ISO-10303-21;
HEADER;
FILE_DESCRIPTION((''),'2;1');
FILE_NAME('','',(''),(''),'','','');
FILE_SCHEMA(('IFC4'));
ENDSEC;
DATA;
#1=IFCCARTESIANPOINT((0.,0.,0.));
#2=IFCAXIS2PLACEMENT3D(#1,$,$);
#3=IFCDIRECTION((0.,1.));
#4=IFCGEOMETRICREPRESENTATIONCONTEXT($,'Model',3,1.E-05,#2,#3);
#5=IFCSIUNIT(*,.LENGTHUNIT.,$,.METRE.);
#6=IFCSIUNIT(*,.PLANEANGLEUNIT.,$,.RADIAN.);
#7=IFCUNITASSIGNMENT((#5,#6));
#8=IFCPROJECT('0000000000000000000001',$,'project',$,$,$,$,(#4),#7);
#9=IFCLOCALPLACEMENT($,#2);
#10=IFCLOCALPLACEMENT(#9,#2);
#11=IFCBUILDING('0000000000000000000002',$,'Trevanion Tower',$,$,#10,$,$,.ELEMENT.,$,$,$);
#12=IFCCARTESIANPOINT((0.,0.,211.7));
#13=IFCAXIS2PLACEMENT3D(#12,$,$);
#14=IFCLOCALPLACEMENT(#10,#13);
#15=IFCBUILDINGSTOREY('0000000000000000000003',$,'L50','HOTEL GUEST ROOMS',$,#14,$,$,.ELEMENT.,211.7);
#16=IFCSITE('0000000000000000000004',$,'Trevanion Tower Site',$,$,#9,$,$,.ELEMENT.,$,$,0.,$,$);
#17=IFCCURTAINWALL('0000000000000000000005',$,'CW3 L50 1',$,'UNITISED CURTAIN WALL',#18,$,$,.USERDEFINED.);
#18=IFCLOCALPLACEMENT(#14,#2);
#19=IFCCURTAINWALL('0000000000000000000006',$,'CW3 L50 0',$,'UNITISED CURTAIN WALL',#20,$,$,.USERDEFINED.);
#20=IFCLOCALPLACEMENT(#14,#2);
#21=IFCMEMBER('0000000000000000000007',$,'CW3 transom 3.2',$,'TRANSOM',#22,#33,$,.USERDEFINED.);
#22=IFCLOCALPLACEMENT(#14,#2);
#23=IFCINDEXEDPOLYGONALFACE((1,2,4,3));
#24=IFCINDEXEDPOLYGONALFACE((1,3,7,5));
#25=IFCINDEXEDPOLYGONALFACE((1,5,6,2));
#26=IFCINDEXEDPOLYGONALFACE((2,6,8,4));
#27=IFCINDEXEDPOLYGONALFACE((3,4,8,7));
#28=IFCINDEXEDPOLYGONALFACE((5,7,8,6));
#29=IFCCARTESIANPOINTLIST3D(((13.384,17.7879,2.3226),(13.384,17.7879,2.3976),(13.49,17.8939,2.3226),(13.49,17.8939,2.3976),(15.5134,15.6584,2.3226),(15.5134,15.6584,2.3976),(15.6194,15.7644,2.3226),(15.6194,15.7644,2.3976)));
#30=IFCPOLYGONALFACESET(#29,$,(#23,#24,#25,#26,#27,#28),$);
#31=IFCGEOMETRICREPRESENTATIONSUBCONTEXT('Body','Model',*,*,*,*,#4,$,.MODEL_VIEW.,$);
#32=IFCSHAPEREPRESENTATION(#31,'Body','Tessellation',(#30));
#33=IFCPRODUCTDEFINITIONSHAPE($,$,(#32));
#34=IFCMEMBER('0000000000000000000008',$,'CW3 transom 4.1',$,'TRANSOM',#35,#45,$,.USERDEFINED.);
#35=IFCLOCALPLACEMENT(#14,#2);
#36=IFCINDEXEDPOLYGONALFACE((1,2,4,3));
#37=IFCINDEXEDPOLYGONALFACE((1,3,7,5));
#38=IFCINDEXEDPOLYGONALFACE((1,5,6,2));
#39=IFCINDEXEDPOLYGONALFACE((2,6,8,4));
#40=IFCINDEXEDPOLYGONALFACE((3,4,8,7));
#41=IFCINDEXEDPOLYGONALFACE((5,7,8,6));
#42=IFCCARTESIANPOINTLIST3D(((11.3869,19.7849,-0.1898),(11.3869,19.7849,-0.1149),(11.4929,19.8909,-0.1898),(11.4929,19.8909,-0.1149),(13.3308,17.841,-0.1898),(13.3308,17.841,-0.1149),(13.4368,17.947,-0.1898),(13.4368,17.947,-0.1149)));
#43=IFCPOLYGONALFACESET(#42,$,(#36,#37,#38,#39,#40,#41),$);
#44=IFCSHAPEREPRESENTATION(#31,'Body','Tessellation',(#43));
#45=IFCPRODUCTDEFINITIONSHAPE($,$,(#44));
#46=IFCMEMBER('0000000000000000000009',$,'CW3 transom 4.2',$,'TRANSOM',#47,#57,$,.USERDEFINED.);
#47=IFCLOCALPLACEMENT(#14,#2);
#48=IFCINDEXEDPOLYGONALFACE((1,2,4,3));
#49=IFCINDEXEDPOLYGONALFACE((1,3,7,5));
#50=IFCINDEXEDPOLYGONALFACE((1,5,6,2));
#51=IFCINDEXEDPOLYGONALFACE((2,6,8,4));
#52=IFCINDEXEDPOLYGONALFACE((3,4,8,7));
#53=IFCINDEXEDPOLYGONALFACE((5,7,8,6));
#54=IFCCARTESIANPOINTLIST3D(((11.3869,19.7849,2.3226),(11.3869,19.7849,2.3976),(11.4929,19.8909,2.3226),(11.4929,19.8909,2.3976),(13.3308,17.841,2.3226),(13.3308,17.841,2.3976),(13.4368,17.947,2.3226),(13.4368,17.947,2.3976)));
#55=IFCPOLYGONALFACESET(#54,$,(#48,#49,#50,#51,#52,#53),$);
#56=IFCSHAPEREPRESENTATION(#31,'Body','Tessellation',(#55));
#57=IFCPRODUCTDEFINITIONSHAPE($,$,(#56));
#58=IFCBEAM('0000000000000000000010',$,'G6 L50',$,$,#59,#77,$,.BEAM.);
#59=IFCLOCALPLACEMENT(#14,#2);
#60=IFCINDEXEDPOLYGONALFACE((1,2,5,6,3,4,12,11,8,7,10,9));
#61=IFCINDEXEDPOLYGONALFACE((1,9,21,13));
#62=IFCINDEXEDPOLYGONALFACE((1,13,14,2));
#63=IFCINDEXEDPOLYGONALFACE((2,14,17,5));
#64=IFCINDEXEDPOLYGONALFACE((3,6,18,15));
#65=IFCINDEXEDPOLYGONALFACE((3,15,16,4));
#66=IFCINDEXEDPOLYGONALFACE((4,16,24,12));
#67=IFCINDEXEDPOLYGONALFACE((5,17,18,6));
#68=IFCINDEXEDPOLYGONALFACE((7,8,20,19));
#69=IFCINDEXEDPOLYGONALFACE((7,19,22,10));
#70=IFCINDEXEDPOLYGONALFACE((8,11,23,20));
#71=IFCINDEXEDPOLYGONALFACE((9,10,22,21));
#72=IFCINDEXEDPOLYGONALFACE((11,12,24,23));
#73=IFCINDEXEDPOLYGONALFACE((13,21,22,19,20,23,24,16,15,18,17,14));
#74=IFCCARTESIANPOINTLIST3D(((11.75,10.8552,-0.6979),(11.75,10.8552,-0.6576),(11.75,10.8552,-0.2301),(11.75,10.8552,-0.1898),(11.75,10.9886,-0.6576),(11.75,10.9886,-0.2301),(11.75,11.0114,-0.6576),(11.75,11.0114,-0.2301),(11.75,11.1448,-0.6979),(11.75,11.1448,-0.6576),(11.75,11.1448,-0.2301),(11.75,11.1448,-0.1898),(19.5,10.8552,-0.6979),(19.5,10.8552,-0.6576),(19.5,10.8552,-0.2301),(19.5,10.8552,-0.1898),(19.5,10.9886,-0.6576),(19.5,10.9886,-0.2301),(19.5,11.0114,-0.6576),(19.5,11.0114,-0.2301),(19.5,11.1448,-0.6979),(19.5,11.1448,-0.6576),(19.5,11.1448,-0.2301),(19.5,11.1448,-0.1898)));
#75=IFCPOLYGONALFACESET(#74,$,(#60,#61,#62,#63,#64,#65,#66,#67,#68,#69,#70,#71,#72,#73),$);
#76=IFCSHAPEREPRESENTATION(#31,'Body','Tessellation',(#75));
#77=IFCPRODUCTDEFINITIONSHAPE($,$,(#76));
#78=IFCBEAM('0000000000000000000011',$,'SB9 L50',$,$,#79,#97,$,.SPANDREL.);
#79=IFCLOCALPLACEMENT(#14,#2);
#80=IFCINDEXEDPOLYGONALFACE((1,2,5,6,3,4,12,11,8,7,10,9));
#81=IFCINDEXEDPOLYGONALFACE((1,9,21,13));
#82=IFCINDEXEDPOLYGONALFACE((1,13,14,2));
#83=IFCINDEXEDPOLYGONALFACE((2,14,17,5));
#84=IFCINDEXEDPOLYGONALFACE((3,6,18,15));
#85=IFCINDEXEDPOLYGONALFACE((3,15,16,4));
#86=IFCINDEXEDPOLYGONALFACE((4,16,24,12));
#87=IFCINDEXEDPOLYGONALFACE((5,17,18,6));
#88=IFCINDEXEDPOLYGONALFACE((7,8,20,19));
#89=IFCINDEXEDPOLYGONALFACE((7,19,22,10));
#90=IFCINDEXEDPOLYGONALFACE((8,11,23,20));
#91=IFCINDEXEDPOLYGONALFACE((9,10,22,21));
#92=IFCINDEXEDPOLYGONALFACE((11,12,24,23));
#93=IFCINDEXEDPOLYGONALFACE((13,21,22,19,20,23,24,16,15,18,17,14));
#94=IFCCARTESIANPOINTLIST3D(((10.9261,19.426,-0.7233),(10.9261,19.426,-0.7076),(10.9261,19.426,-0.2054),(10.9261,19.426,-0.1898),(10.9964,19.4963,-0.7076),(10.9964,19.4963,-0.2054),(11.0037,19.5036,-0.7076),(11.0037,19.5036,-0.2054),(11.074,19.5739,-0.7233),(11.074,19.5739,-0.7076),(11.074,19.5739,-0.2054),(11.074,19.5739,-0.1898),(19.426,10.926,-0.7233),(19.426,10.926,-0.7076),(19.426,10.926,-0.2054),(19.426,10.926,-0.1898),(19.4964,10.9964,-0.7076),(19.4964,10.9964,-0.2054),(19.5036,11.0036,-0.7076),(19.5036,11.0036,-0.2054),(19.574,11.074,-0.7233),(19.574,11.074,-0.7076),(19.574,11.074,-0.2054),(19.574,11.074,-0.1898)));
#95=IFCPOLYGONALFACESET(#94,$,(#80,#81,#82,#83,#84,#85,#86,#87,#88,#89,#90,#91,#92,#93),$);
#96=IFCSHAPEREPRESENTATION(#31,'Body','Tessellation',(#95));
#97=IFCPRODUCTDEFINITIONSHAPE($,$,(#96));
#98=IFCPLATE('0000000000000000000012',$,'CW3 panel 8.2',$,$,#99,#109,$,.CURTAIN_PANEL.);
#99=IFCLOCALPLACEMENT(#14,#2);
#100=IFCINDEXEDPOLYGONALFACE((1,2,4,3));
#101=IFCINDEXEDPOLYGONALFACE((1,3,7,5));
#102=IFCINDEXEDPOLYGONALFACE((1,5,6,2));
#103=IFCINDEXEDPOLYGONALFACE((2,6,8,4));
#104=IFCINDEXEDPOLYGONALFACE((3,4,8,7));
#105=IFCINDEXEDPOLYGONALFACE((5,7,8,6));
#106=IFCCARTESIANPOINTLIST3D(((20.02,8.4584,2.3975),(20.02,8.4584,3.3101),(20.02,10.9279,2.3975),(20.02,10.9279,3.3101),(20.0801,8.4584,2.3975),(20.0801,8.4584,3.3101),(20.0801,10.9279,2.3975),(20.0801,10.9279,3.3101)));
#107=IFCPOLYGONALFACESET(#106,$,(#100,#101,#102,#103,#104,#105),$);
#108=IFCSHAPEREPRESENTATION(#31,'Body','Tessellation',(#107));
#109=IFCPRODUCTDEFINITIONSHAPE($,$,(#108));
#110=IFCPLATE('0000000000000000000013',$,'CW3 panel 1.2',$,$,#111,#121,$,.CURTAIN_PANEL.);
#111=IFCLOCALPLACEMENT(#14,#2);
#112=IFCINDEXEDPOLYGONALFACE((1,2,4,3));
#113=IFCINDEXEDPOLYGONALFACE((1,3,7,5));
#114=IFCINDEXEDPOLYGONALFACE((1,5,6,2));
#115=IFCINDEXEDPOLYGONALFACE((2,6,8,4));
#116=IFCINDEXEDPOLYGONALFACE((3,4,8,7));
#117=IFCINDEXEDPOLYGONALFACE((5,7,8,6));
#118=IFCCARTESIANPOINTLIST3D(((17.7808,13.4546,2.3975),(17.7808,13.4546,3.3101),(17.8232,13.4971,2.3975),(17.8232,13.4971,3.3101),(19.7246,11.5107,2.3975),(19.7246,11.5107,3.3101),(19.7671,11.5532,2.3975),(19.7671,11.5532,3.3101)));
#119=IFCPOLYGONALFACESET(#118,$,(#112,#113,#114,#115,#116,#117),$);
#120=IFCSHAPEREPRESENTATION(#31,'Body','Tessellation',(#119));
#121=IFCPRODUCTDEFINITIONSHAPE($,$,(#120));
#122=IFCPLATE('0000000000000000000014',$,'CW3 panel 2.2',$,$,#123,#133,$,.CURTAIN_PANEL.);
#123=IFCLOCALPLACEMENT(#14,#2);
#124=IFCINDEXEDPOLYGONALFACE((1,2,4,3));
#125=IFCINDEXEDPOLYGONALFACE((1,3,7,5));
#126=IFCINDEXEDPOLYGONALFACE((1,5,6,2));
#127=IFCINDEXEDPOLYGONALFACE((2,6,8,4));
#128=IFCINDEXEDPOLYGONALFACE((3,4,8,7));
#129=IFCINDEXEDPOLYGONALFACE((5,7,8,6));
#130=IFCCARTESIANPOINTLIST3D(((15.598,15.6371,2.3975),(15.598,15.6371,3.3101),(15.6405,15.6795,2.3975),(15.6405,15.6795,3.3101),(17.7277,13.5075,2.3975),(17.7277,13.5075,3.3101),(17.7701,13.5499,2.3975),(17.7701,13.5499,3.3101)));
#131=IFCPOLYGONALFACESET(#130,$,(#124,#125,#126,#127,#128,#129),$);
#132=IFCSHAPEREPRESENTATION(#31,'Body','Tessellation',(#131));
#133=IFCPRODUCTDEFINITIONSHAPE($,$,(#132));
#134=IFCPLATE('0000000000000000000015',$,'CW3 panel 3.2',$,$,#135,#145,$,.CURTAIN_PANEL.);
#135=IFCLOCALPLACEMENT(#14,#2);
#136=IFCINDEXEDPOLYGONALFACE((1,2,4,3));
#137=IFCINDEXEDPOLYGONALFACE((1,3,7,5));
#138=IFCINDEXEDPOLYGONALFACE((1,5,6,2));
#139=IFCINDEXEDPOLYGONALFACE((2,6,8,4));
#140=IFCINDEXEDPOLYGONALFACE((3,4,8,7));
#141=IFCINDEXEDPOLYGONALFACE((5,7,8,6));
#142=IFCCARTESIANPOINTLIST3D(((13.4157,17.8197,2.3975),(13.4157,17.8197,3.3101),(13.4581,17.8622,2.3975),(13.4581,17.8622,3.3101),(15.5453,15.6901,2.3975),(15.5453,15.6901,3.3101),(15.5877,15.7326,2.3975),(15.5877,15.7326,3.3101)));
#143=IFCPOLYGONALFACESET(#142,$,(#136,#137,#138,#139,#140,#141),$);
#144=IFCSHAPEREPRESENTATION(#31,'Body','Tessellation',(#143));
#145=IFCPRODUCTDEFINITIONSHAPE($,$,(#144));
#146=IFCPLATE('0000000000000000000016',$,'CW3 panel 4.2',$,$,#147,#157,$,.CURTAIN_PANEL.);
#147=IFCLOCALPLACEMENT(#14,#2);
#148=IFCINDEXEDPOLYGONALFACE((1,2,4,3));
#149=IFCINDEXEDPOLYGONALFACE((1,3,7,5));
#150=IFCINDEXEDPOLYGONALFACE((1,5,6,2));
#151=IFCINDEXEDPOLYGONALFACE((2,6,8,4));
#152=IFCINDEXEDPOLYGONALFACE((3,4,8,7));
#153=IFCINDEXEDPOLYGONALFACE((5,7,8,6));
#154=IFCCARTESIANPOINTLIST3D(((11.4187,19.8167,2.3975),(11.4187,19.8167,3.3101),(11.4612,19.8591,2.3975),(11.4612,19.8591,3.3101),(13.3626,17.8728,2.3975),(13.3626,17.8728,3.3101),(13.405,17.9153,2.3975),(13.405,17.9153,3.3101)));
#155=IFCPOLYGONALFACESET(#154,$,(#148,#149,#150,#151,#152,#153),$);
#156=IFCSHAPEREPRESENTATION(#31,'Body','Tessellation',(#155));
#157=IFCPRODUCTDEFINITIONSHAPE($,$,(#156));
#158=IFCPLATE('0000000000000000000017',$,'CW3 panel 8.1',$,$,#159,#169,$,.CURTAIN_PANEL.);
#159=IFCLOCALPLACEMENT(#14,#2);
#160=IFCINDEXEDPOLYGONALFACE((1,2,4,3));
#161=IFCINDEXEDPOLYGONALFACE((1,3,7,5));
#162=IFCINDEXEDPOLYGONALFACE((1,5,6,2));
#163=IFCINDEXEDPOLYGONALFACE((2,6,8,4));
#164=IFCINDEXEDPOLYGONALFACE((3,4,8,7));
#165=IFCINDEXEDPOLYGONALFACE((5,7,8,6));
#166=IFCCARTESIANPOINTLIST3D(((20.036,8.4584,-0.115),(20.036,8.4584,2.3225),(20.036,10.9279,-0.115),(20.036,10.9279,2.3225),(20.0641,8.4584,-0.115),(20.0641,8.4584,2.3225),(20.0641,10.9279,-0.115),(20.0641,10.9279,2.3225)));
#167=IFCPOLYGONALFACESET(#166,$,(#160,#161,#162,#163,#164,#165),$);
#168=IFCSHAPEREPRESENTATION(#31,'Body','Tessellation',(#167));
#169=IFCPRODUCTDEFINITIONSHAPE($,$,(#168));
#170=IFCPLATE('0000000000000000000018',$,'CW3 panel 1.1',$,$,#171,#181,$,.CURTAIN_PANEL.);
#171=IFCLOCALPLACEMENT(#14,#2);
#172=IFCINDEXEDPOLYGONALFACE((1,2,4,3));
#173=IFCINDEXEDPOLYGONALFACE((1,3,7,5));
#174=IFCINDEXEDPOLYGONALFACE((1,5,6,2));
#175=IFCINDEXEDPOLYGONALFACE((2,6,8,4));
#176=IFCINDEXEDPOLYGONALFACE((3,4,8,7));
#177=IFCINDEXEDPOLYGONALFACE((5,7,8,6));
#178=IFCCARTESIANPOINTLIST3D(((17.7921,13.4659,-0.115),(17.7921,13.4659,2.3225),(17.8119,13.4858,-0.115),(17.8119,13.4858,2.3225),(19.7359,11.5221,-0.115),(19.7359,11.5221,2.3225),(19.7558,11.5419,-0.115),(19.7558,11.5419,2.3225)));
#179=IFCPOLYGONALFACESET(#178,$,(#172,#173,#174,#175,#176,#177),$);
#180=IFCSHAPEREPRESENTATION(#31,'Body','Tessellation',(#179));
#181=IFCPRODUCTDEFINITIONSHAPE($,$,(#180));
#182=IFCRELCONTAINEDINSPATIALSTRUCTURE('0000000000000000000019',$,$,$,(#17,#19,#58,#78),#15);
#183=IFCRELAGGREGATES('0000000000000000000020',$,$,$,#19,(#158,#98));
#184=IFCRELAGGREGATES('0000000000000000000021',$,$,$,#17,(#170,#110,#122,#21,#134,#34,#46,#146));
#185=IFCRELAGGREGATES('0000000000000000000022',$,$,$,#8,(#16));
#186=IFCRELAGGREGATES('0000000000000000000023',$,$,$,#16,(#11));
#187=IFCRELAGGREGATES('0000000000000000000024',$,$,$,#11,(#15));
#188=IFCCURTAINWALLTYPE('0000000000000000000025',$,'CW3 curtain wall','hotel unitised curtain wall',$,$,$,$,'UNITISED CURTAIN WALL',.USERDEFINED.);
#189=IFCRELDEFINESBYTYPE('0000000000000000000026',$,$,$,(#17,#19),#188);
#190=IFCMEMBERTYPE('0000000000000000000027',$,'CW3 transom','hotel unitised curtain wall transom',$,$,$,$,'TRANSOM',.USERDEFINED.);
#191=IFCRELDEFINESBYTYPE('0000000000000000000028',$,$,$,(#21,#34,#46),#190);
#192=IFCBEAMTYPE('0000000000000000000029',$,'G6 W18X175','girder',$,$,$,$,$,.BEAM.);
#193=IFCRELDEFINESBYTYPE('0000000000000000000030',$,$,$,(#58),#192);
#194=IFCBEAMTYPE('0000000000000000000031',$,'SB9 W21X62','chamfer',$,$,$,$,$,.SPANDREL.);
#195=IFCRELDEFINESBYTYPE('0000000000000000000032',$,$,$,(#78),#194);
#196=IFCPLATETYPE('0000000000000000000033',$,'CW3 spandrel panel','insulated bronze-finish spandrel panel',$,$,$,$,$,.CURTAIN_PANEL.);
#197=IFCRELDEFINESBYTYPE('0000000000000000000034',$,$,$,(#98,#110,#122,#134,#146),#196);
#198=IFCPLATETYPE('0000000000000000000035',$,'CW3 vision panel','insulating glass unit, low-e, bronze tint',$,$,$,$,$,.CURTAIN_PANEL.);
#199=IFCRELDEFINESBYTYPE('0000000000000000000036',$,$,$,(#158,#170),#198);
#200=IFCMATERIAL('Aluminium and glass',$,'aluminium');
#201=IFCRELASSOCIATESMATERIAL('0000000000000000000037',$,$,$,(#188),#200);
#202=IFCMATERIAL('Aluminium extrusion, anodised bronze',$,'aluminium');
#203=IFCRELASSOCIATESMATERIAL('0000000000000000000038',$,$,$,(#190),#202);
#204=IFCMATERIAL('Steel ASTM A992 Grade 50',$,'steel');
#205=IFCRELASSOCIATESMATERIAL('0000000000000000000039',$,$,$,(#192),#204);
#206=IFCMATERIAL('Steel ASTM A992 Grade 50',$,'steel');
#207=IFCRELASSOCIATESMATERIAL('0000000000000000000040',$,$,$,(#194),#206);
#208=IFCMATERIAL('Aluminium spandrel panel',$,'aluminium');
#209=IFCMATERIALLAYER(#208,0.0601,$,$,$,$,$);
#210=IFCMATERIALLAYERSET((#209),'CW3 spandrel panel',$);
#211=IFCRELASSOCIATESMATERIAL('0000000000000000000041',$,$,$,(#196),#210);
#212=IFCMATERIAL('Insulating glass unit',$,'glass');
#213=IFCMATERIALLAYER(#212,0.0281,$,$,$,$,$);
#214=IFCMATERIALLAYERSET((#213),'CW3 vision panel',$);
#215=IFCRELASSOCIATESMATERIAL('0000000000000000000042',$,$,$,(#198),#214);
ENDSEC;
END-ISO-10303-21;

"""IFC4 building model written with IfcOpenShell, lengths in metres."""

from ifc_helpers import new_model, si_unit, direction, frame, origin, origin_2d, place, context, subcontext, project, spatial, rectangle, i_section, extrude, material, layer, layer_set, material_profile, profile_set, type_object, element, aggregate, save


model = new_model("IFC4")

# Units and contexts
model_context = context("Model", 3, precision=1e-05, world=origin(), true_north=direction((0.0, 1.0)))
body_context = subcontext(model_context, "Body", "Model", "MODEL_VIEW")
ifc_project = project(units=[si_unit("LENGTHUNIT", "METRE"), si_unit("PLANEANGLEUNIT", "RADIAN")], contexts=[model_context])

# Site, building, storey
site_placement = place(None, origin())
site = spatial("IfcSite", under=ifc_project, at=site_placement, Name="Trevanion Tower Site", CompositionType="ELEMENT", RefElevation=0.0)
building_placement = place(site_placement, origin())
building = spatial("IfcBuilding", under=site, at=building_placement, Name="Trevanion Tower", CompositionType="ELEMENT")
storey_placement = place(building_placement, frame((0.0, 0.0, 211.7)))
storey = spatial("IfcBuildingStorey", under=building, at=storey_placement, Name="L50", Description="HOTEL GUEST ROOMS", CompositionType="ELEMENT", Elevation=211.7)

# Curtain wall
ifc_material_1 = material(Name="Aluminium and glass", Category="aluminium")
curtain_wall_type = type_object("IfcCurtainWallType", Name="CW3 curtain wall", Description="hotel unitised curtain wall", ElementType="UNITISED CURTAIN WALL", PredefinedType="USERDEFINED", material=ifc_material_1)
curtain_wall_1_placement = place(storey_placement, origin())
curtain_wall_1 = element("IfcCurtainWall", 1, at=curtain_wall_1_placement, inside=storey, type_object=curtain_wall_type, Name="CW3 L50 1", ObjectType="UNITISED CURTAIN WALL", PredefinedType="USERDEFINED")

# Curtain wall
curtain_wall_2_placement = place(storey_placement, origin())
curtain_wall_2 = element("IfcCurtainWall", 2, at=curtain_wall_2_placement, inside=storey, type_object=curtain_wall_type, Name="CW3 L50 0", ObjectType="UNITISED CURTAIN WALL", PredefinedType="USERDEFINED")

# Members
ifc_material_2 = material(Name="Aluminium extrusion, anodised bronze", Category="aluminium")
ifc_material_profile_1 = material_profile(ifc_material_2, rectangle(XDim=0.1499, YDim=0.075, at=origin_2d()), Name="CW3 transom")
ifc_profile_set_1 = profile_set([ifc_material_profile_1], Name="Aluminium extrusion, anodised bronze")
member_type_1 = type_object("IfcMemberType", Name="CW3 transom", Description="hotel unitised curtain wall transom", ElementType="TRANSOM", PredefinedType="USERDEFINED", material=ifc_profile_set_1)
member_1_placement = place(storey_placement, frame((15.5664, 15.7114, 2.3601), z_axis=(-0.707107, 0.707107, 0.0), x_axis=(-0.707107, -0.707107, 0.0)))
member_1 = element("IfcMember", 3, at=member_1_placement, type_object=member_type_1, Name="CW3 transom 3.2", ObjectType="TRANSOM", PredefinedType="USERDEFINED", context=body_context, shape_type="SweptSolid", body=[
    extrude(rectangle(XDim=0.1499, YDim=0.075, at=origin_2d()), origin(), (0.0, 0.0, 1.0), 3.0115),
])
member_2_placement = place(storey_placement, frame((13.3838, 17.894, -0.1523), z_axis=(-0.707107, 0.707107, 0.0), x_axis=(-0.707107, -0.707107, 0.0)))
member_2 = element("IfcMember", 4, at=member_2_placement, type_object=member_type_1, Name="CW3 transom 4.1", ObjectType="TRANSOM", PredefinedType="USERDEFINED", context=body_context, shape_type="SweptSolid", body=[
    extrude(rectangle(XDim=0.1499, YDim=0.075, at=origin_2d()), origin(), (0.0, 0.0, 1.0), 2.749),
])
member_3_placement = place(storey_placement, frame((13.3838, 17.894, 2.3601), z_axis=(-0.707107, 0.707107, 0.0), x_axis=(-0.707107, -0.707107, 0.0)))
member_3 = element("IfcMember", 5, at=member_3_placement, type_object=member_type_1, Name="CW3 transom 4.2", ObjectType="TRANSOM", PredefinedType="USERDEFINED", context=body_context, shape_type="SweptSolid", body=[
    extrude(rectangle(XDim=0.1499, YDim=0.075, at=origin_2d()), origin(), (0.0, 0.0, 1.0), 2.749),
])

# Beams
ifc_material_3 = material(Name="Steel ASTM A992 Grade 50", Category="steel")
ifc_material_profile_2 = material_profile(ifc_material_3, i_section(OverallWidth=0.2896, OverallDepth=0.5081, WebThickness=0.0227, FlangeThickness=0.0403, at=origin_2d()), Name="W18X175")
ifc_profile_set_2 = profile_set([ifc_material_profile_2], Name="Steel ASTM A992 Grade 50")
beam_type_1 = type_object("IfcBeamType", Name="G6 W18X175", Description="girder", PredefinedType="BEAM", material=ifc_profile_set_2)
beam_1_placement = place(storey_placement, frame((11.75, 11.0, -0.4438), z_axis=(1.0, 0.0, 0.0), x_axis=(0.0, 1.0, 0.0)))
element("IfcBeam", 6, at=beam_1_placement, inside=storey, type_object=beam_type_1, Name="G6 L50", PredefinedType="BEAM", context=body_context, shape_type="SweptSolid", body=[
    extrude(i_section(OverallWidth=0.2896, OverallDepth=0.5081, WebThickness=0.0227, FlangeThickness=0.0403, at=origin_2d()), origin(), (0.0, 0.0, 1.0), 7.75),
])
ifc_material_4 = material(Name="Steel ASTM A992 Grade 50", Category="steel")
ifc_material_profile_3 = material_profile(ifc_material_4, i_section(OverallWidth=0.2092, OverallDepth=0.5334, WebThickness=0.0103, FlangeThickness=0.0156, at=origin_2d()), Name="W21X62")
ifc_profile_set_3 = profile_set([ifc_material_profile_3], Name="Steel ASTM A992 Grade 50")
beam_type_2 = type_object("IfcBeamType", Name="SB9 W21X62", Description="chamfer", PredefinedType="SPANDREL", material=ifc_profile_set_3)
beam_2_placement = place(storey_placement, frame((19.5, 11.0, -0.4565), z_axis=(-0.707107, 0.707107, 0.0), x_axis=(-0.707107, -0.707107, 0.0)))
element("IfcBeam", 7, at=beam_2_placement, inside=storey, type_object=beam_type_2, Name="SB9 L50", PredefinedType="SPANDREL", context=body_context, shape_type="SweptSolid", body=[
    extrude(i_section(OverallWidth=0.2092, OverallDepth=0.5334, WebThickness=0.0103, FlangeThickness=0.0156, at=origin_2d()), origin(), (0.0, 0.0, 1.0), 12.0208),
])

# Plates
ifc_material_5 = material(Name="Aluminium spandrel panel", Category="aluminium")
ifc_layer_1 = layer(ifc_material_5, 0.0601)
ifc_layer_set_1 = layer_set([ifc_layer_1], Name="CW3 spandrel panel")
plate_type_1 = type_object("IfcPlateType", Name="CW3 spandrel panel", Description="insulated bronze-finish spandrel panel", PredefinedType="CURTAIN_PANEL", material=ifc_layer_set_1)
plate_1_placement = place(storey_placement, frame((20.05, 9.6931, 2.3975), z_axis=(0.0, 0.0, 1.0), x_axis=(0.0, 1.0, 0.0)))
plate_1 = element("IfcPlate", 8, at=plate_1_placement, type_object=plate_type_1, Name="CW3 panel 8.2", PredefinedType="CURTAIN_PANEL", context=body_context, shape_type="SweptSolid", body=[
    extrude(rectangle(XDim=2.4695, YDim=0.0601, at=origin_2d()), origin(), (0.0, 0.0, 1.0), 0.9126),
])
plate_2_placement = place(storey_placement, frame((18.7739, 12.5039, 2.3975), z_axis=(0.0, 0.0, 1.0), x_axis=(-0.707107, 0.707107, 0.0)))
plate_2 = element("IfcPlate", 9, at=plate_2_placement, type_object=plate_type_1, Name="CW3 panel 1.2", PredefinedType="CURTAIN_PANEL", context=body_context, shape_type="SweptSolid", body=[
    extrude(rectangle(XDim=2.749, YDim=0.0601, at=origin_2d()), origin(), (0.0, 0.0, 1.0), 0.9126),
])
plate_3_placement = place(storey_placement, frame((16.6841, 14.5935, 2.3975), z_axis=(0.0, 0.0, 1.0), x_axis=(-0.707107, 0.707107, 0.0)))
plate_3 = element("IfcPlate", 10, at=plate_3_placement, type_object=plate_type_1, Name="CW3 panel 2.2", PredefinedType="CURTAIN_PANEL", context=body_context, shape_type="SweptSolid", body=[
    extrude(rectangle(XDim=3.0117, YDim=0.0601, at=origin_2d()), origin(), (0.0, 0.0, 1.0), 0.9126),
])
plate_4_placement = place(storey_placement, frame((14.5017, 16.7761, 2.3975), z_axis=(0.0, 0.0, 1.0), x_axis=(-0.707107, 0.707107, 0.0)))
plate_4 = element("IfcPlate", 11, at=plate_4_placement, type_object=plate_type_1, Name="CW3 panel 3.2", PredefinedType="CURTAIN_PANEL", context=body_context, shape_type="SweptSolid", body=[
    extrude(rectangle(XDim=3.0117, YDim=0.0601, at=origin_2d()), origin(), (0.0, 0.0, 1.0), 0.9126),
])
plate_5_placement = place(storey_placement, frame((12.4119, 18.866, 2.3975), z_axis=(0.0, 0.0, 1.0), x_axis=(-0.707107, 0.707107, 0.0)))
plate_5 = element("IfcPlate", 12, at=plate_5_placement, type_object=plate_type_1, Name="CW3 panel 4.2", PredefinedType="CURTAIN_PANEL", context=body_context, shape_type="SweptSolid", body=[
    extrude(rectangle(XDim=2.749, YDim=0.0601, at=origin_2d()), origin(), (0.0, 0.0, 1.0), 0.9126),
])
ifc_material_6 = material(Name="Insulating glass unit", Category="glass")
ifc_layer_2 = layer(ifc_material_6, 0.0281)
ifc_layer_set_2 = layer_set([ifc_layer_2], Name="CW3 vision panel")
plate_type_2 = type_object("IfcPlateType", Name="CW3 vision panel", Description="insulating glass unit, low-e, bronze tint", PredefinedType="CURTAIN_PANEL", material=ifc_layer_set_2)
plate_6_placement = place(storey_placement, frame((20.05, 9.6931, -0.115), z_axis=(0.0, 0.0, 1.0), x_axis=(0.0, 1.0, 0.0)))
plate_6 = element("IfcPlate", 13, at=plate_6_placement, type_object=plate_type_2, Name="CW3 panel 8.1", PredefinedType="CURTAIN_PANEL", context=body_context, shape_type="SweptSolid", body=[
    extrude(rectangle(XDim=2.4695, YDim=0.0281, at=origin_2d()), origin(), (0.0, 0.0, 1.0), 2.4375),
])
aggregate(curtain_wall_2, [plate_6, plate_1])
plate_7_placement = place(storey_placement, frame((18.7739, 12.5039, -0.115), z_axis=(0.0, 0.0, 1.0), x_axis=(-0.707107, 0.707107, 0.0)))
plate_7 = element("IfcPlate", 14, at=plate_7_placement, type_object=plate_type_2, Name="CW3 panel 1.1", PredefinedType="CURTAIN_PANEL", context=body_context, shape_type="SweptSolid", body=[
    extrude(rectangle(XDim=2.749, YDim=0.0281, at=origin_2d()), origin(), (0.0, 0.0, 1.0), 2.4375),
])
aggregate(curtain_wall_1, [plate_7, plate_2, plate_3, member_1, plate_4, member_2, member_3, plate_5])

save(model, "model.ifc")
